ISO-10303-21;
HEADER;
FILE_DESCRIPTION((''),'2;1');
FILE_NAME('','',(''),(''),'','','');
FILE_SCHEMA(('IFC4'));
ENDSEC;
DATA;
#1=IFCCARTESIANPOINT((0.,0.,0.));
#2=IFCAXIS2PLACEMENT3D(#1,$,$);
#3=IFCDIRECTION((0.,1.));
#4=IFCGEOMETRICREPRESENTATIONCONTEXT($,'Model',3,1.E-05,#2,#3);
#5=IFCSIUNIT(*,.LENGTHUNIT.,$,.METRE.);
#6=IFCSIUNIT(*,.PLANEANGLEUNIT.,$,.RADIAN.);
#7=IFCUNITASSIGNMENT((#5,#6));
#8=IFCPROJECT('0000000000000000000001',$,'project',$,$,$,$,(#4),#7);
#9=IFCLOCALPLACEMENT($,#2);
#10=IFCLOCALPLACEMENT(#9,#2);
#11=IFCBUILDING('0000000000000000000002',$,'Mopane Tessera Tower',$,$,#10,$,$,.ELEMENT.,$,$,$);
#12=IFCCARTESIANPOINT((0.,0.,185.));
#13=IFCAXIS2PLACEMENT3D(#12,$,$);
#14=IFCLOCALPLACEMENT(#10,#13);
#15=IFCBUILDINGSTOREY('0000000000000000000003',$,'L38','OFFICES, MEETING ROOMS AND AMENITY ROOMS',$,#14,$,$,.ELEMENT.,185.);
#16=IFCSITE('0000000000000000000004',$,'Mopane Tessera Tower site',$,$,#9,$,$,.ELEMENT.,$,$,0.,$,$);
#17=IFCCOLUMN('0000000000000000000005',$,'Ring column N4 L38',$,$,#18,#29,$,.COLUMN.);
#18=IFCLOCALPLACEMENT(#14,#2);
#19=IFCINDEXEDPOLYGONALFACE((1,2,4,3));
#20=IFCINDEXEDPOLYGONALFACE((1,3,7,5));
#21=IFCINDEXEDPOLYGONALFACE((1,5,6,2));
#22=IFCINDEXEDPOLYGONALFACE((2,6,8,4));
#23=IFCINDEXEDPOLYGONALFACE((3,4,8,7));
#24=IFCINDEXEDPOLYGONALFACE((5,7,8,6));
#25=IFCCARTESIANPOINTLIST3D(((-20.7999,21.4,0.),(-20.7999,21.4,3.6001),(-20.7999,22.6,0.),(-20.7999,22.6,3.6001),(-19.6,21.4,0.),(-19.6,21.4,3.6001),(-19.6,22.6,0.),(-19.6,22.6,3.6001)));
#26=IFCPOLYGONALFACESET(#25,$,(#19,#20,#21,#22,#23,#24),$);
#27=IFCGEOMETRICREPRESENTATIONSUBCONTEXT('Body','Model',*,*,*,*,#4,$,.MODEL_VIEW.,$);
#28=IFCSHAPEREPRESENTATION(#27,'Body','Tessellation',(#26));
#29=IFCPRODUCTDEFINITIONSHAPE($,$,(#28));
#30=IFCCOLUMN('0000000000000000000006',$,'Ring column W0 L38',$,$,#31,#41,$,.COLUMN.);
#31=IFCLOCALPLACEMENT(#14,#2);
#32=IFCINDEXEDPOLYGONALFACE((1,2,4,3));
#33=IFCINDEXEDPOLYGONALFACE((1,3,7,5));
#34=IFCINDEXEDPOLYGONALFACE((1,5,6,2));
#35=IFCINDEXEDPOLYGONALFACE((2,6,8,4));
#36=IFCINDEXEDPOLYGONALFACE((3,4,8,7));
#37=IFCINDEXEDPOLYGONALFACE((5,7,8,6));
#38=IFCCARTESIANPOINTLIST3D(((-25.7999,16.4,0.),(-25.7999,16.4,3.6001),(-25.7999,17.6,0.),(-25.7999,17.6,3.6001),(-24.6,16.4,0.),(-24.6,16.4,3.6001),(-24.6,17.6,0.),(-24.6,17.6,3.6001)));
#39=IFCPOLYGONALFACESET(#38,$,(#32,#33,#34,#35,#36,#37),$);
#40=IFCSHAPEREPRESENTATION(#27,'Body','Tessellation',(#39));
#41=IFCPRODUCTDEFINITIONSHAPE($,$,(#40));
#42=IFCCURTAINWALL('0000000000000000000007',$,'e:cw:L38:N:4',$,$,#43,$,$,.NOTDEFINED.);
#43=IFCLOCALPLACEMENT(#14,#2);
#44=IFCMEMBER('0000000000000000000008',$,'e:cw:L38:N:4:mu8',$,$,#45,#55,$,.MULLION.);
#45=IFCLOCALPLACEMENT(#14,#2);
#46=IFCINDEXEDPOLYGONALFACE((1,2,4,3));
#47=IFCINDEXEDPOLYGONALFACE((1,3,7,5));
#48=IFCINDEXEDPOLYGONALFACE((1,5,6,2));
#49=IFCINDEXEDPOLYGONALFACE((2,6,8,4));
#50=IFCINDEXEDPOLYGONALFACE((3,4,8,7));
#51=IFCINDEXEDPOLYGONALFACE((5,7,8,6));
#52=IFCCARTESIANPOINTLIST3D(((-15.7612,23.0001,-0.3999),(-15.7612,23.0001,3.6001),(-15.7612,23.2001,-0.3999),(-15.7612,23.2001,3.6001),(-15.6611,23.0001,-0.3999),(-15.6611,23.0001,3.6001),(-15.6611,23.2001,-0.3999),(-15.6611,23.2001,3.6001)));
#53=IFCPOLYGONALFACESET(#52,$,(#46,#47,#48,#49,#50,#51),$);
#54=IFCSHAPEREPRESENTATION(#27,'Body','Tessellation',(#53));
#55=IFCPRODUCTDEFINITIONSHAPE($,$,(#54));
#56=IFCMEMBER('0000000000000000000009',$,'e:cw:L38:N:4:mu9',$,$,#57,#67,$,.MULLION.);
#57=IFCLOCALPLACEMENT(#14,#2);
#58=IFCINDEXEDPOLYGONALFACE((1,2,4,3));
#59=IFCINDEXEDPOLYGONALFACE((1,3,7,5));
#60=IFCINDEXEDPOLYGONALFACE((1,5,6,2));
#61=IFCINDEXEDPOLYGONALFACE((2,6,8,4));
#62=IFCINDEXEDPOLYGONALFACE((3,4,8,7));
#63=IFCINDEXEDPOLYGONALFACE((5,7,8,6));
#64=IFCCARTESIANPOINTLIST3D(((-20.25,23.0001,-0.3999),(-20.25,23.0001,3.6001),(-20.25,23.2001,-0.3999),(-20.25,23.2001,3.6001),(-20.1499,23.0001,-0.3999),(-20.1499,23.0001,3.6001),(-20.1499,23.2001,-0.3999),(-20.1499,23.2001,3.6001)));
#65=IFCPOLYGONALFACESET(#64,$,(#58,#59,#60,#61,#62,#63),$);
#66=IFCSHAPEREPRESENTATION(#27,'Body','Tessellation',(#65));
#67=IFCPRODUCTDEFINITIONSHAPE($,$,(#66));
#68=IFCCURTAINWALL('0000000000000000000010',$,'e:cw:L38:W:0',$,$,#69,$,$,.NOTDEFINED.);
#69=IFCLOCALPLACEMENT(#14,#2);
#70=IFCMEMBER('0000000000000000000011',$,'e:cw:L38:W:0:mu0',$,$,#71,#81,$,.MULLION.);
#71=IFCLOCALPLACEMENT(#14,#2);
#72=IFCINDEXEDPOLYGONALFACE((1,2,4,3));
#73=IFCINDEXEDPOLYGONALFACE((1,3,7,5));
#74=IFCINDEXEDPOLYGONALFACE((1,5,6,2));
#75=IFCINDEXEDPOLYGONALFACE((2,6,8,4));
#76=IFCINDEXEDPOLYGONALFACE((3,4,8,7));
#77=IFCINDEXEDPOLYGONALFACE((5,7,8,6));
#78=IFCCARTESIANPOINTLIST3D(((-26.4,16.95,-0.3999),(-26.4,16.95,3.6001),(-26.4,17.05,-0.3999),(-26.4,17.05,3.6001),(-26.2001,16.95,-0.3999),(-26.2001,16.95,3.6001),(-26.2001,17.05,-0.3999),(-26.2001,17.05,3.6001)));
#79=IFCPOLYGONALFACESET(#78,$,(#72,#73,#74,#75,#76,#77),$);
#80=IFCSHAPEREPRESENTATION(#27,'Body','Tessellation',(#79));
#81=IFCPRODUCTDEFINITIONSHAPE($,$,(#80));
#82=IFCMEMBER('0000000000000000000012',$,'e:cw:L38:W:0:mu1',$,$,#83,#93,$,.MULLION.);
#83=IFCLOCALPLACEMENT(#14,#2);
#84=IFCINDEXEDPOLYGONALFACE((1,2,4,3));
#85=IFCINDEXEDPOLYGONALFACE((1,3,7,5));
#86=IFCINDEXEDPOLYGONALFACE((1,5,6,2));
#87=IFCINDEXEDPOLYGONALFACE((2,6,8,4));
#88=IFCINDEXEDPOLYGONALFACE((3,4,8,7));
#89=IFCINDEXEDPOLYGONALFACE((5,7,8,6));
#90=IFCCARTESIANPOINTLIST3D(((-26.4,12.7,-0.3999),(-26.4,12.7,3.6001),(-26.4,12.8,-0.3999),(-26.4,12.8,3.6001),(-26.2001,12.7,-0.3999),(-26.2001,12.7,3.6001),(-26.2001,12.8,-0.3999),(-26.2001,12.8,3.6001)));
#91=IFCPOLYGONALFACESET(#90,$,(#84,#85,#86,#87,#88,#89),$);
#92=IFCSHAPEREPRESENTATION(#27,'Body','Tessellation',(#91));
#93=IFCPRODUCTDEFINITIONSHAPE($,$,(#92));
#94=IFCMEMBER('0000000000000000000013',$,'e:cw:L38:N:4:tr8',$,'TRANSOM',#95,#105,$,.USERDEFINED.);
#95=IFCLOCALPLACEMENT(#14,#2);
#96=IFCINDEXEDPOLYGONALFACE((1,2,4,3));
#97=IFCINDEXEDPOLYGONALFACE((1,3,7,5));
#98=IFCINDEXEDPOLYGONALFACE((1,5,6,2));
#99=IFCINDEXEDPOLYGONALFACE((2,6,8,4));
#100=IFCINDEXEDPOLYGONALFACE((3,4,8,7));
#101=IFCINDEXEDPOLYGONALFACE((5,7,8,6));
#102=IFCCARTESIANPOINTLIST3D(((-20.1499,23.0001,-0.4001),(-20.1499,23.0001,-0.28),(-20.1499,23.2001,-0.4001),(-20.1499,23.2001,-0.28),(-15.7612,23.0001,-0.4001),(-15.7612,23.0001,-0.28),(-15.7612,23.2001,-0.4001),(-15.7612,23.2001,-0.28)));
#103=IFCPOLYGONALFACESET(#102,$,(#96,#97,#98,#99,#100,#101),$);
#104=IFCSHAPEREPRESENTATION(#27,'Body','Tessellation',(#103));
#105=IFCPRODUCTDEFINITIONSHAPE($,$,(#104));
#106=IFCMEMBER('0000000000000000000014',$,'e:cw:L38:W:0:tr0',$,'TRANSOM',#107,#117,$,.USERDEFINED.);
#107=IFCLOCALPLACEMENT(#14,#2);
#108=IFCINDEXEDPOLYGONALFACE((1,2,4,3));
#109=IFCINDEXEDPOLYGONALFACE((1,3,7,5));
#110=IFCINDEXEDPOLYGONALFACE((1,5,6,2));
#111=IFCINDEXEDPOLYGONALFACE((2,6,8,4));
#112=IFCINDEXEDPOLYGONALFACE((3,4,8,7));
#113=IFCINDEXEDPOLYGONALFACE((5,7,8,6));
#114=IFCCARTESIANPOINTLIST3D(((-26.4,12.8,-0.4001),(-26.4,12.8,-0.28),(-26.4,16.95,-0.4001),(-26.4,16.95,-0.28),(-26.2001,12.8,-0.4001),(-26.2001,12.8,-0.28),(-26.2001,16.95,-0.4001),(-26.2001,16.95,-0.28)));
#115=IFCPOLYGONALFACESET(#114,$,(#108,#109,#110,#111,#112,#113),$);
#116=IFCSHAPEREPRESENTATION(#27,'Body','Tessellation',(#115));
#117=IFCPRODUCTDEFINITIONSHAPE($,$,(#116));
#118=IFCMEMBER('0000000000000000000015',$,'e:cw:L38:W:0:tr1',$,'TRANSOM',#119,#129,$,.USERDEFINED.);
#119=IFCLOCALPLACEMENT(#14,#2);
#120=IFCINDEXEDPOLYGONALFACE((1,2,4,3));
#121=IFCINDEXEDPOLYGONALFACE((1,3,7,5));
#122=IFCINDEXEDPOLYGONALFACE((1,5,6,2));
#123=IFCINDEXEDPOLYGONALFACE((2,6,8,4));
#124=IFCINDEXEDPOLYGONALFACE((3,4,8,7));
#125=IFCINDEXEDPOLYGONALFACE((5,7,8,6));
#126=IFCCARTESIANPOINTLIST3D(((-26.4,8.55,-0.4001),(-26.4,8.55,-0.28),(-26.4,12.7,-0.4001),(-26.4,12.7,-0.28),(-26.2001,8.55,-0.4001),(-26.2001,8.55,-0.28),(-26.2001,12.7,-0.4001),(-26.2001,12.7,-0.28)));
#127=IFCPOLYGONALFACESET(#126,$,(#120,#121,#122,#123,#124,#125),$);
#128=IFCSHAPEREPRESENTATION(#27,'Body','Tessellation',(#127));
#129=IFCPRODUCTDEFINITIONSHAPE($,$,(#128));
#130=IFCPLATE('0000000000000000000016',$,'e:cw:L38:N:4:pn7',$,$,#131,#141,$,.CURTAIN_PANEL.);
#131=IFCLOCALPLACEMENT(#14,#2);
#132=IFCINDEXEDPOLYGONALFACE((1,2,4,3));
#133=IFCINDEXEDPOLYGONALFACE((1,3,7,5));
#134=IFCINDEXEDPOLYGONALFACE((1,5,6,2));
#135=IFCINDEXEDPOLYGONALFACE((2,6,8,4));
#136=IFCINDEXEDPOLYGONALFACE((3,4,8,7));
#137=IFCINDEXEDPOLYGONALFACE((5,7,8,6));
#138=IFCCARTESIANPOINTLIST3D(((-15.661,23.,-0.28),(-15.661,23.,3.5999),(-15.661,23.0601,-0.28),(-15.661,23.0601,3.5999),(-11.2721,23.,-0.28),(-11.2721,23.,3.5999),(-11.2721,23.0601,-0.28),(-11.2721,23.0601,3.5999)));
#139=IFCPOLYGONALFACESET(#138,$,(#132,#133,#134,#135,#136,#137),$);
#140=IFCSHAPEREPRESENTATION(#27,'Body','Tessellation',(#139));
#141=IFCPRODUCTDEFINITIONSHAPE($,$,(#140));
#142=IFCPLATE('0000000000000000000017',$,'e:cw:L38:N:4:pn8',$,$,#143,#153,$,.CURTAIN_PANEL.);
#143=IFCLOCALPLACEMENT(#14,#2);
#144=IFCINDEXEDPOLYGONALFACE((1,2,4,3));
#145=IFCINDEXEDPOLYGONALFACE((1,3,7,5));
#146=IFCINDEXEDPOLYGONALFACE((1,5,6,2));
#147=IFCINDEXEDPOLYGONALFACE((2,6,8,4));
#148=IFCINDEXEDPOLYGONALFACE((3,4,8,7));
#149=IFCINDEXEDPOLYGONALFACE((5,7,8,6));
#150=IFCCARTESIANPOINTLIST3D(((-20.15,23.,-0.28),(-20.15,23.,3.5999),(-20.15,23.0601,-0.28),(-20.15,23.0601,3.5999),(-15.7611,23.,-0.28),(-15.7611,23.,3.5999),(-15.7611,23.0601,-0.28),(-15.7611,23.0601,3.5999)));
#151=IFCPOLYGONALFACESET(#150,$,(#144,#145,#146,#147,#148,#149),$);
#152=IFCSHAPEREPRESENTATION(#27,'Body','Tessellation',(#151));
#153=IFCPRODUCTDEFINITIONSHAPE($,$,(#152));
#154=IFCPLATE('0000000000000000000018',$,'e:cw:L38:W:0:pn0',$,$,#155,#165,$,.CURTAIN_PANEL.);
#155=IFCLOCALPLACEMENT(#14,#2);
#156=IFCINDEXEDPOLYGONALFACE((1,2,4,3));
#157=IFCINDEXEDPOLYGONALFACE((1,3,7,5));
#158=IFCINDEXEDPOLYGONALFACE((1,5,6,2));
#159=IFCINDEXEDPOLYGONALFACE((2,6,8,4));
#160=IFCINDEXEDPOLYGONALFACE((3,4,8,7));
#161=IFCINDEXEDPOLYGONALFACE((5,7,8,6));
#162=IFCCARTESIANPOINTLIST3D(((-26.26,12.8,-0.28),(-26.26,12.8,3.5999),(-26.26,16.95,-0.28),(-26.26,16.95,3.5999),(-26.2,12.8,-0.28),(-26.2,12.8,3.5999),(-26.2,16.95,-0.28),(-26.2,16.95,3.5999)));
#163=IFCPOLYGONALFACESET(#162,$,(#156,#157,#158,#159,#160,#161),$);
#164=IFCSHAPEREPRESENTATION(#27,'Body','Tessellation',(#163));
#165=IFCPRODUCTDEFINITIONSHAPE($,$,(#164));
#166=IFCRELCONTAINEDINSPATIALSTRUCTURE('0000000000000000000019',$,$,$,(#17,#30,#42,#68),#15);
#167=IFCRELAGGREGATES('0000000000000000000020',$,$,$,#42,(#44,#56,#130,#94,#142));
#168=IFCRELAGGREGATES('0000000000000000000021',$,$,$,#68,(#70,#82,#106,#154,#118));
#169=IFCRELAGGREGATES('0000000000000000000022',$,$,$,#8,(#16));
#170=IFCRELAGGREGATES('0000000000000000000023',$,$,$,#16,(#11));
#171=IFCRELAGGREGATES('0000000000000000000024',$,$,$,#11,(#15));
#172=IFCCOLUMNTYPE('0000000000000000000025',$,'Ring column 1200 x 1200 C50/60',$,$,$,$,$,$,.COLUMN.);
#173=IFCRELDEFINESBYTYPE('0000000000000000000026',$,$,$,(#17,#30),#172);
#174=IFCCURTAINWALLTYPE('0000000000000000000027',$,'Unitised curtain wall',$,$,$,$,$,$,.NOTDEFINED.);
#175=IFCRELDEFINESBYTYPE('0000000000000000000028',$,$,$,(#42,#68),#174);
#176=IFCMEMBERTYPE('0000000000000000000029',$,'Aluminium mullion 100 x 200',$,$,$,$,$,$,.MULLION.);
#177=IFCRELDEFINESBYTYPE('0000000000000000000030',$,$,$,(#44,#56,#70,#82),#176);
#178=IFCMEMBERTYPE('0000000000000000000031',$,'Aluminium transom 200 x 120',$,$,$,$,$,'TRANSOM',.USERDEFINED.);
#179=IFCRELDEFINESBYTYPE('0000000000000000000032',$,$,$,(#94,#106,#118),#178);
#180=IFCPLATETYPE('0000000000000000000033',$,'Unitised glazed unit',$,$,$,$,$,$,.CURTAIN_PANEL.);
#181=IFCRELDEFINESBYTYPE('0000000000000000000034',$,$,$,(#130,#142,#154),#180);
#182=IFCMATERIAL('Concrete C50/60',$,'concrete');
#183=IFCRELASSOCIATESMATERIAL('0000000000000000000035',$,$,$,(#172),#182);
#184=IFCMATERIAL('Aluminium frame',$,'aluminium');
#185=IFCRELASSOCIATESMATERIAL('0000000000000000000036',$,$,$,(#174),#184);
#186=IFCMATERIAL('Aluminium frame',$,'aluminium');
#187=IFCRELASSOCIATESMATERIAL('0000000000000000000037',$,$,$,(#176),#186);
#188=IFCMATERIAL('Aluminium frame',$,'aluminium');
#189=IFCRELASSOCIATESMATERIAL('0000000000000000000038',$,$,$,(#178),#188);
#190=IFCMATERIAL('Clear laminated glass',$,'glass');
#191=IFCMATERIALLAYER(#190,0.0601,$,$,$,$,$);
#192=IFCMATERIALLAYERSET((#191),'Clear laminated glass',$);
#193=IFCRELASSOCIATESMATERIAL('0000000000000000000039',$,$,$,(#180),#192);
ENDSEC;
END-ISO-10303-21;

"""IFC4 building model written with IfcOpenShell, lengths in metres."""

from ifc_helpers import new_model, si_unit, direction, frame, origin, origin_2d, place, context, subcontext, project, spatial, rectangle, extrude, material, layer, layer_set, material_profile, profile_set, type_object, element, aggregate, save


model = new_model("IFC4")

# Units and contexts
model_context = context("Model", 3, precision=1e-05, world=origin(), true_north=direction((0.0, 1.0)))
body_context = subcontext(model_context, "Body", "Model", "MODEL_VIEW")
ifc_project = project(units=[si_unit("LENGTHUNIT", "METRE"), si_unit("PLANEANGLEUNIT", "RADIAN")], contexts=[model_context])

# Site, building, storey
site_placement = place(None, origin())
site = spatial("IfcSite", under=ifc_project, at=site_placement, Name="Mopane Tessera Tower site", CompositionType="ELEMENT", RefElevation=0.0)
building_placement = place(site_placement, origin())
building = spatial("IfcBuilding", under=site, at=building_placement, Name="Mopane Tessera Tower", CompositionType="ELEMENT")
storey_placement = place(building_placement, frame((0.0, 0.0, 185.0)))
storey = spatial("IfcBuildingStorey", under=building, at=storey_placement, Name="L38", Description="OFFICES, MEETING ROOMS AND AMENITY ROOMS", CompositionType="ELEMENT", Elevation=185.0)

# Columns
ifc_material_1 = material(Name="Concrete C50/60", Category="concrete")
ifc_material_profile_1 = material_profile(ifc_material_1, rectangle(XDim=1.2, YDim=1.2, at=origin_2d()))
ifc_profile_set_1 = profile_set([ifc_material_profile_1], Name="Concrete C50/60")
column_type = type_object("IfcColumnType", Name="Ring column 1200 x 1200 C50/60", PredefinedType="COLUMN", material=ifc_profile_set_1)
for number, where, z_axis, x_axis, name in (
    (1, (-20.2, 22.0, 0.0), (0.0, 0.0, 1.0), (1.0, 0.0, 0.0), "Ring column N4 L38"),
    (2, (-25.2, 17.0, 0.0), (0.0, 0.0, 1.0), (1.0, 0.0, 0.0), "Ring column W0 L38"),
):
    element("IfcColumn", number, at=place(storey_placement, frame(where, z_axis=z_axis, x_axis=x_axis)), inside=storey, type_object=column_type, Name=name, PredefinedType="COLUMN", context=body_context, shape_type="SweptSolid", body=[
        extrude(rectangle(XDim=1.2, YDim=1.2, at=origin_2d()), origin(), (0.0, 0.0, 1.0), 3.6001),
    ])

# Curtain walls, members
ifc_material_2 = material(Name="Aluminium frame", Category="aluminium")
curtain_wall_type = type_object("IfcCurtainWallType", Name="Unitised curtain wall", PredefinedType="NOTDEFINED", material=ifc_material_2)
curtain_wall_1_placement = place(storey_placement, origin())
curtain_wall_1 = element("IfcCurtainWall", 3, at=curtain_wall_1_placement, inside=storey, type_object=curtain_wall_type, Name="e:cw:L38:N:4", PredefinedType="NOTDEFINED")
ifc_material_3 = material(Name="Aluminium frame", Category="aluminium")
ifc_material_profile_2 = material_profile(ifc_material_3, rectangle(XDim=0.1001, YDim=0.2, at=origin_2d()))
ifc_profile_set_2 = profile_set([ifc_material_profile_2], Name="Aluminium frame")
member_type_1 = type_object("IfcMemberType", Name="Aluminium mullion 100 x 200", PredefinedType="MULLION", material=ifc_profile_set_2)
member_1_placement = place(storey_placement, frame((-15.7112, 23.1001, -0.3999), z_axis=(0.0, 0.0, 1.0), x_axis=(-1.0, 0.0, 0.0)))
member_1 = element("IfcMember", 4, at=member_1_placement, type_object=member_type_1, Name="e:cw:L38:N:4:mu8", PredefinedType="MULLION", context=body_context, shape_type="SweptSolid", body=[
    extrude(rectangle(XDim=0.1001, YDim=0.2, at=origin_2d()), origin(), (0.0, 0.0, 1.0), 4.0),
])
member_2_placement = place(storey_placement, frame((-20.2, 23.1001, -0.3999), z_axis=(0.0, 0.0, 1.0), x_axis=(-1.0, 0.0, 0.0)))
member_2 = element("IfcMember", 5, at=member_2_placement, type_object=member_type_1, Name="e:cw:L38:N:4:mu9", PredefinedType="MULLION", context=body_context, shape_type="SweptSolid", body=[
    extrude(rectangle(XDim=0.1001, YDim=0.2, at=origin_2d()), origin(), (0.0, 0.0, 1.0), 4.0),
])
curtain_wall_2_placement = place(storey_placement, origin())
curtain_wall_2 = element("IfcCurtainWall", 6, at=curtain_wall_2_placement, inside=storey, type_object=curtain_wall_type, Name="e:cw:L38:W:0", PredefinedType="NOTDEFINED")
member_3_placement = place(storey_placement, frame((-26.3, 17.0, -0.3999), z_axis=(0.0, 0.0, 1.0), x_axis=(0.0, -1.0, 0.0)))
member_3 = element("IfcMember", 7, at=member_3_placement, type_object=member_type_1, Name="e:cw:L38:W:0:mu0", PredefinedType="MULLION", context=body_context, shape_type="SweptSolid", body=[
    extrude(rectangle(XDim=0.1001, YDim=0.2, at=origin_2d()), origin(), (0.0, 0.0, 1.0), 4.0),
])
member_4_placement = place(storey_placement, frame((-26.3, 12.75, -0.3999), z_axis=(0.0, 0.0, 1.0), x_axis=(0.0, -1.0, 0.0)))
member_4 = element("IfcMember", 8, at=member_4_placement, type_object=member_type_1, Name="e:cw:L38:W:0:mu1", PredefinedType="MULLION", context=body_context, shape_type="SweptSolid", body=[
    extrude(rectangle(XDim=0.1001, YDim=0.2, at=origin_2d()), origin(), (0.0, 0.0, 1.0), 4.0),
])

# Members
ifc_material_4 = material(Name="Aluminium frame", Category="aluminium")
ifc_material_profile_3 = material_profile(ifc_material_4, rectangle(XDim=0.2, YDim=0.1201, at=origin_2d()))
ifc_profile_set_3 = profile_set([ifc_material_profile_3], Name="Aluminium frame")
member_type_2 = type_object("IfcMemberType", Name="Aluminium transom 200 x 120", ElementType="TRANSOM", PredefinedType="USERDEFINED", material=ifc_profile_set_3)
member_5_placement = place(storey_placement, frame((-15.7612, 23.1001, -0.3401), z_axis=(-1.0, 0.0, 0.0), x_axis=(0.0, -1.0, 0.0)))
member_5 = element("IfcMember", 9, at=member_5_placement, type_object=member_type_2, Name="e:cw:L38:N:4:tr8", ObjectType="TRANSOM", PredefinedType="USERDEFINED", context=body_context, shape_type="SweptSolid", body=[
    extrude(rectangle(XDim=0.2, YDim=0.1201, at=origin_2d()), origin(), (0.0, 0.0, 1.0), 4.3887),
])
member_6_placement = place(storey_placement, frame((-26.3, 16.95, -0.3401), z_axis=(0.0, -1.0, 0.0), x_axis=(1.0, 0.0, 0.0)))
member_6 = element("IfcMember", 10, at=member_6_placement, type_object=member_type_2, Name="e:cw:L38:W:0:tr0", ObjectType="TRANSOM", PredefinedType="USERDEFINED", context=body_context, shape_type="SweptSolid", body=[
    extrude(rectangle(XDim=0.2, YDim=0.1201, at=origin_2d()), origin(), (0.0, 0.0, 1.0), 4.1499),
])
member_7_placement = place(storey_placement, frame((-26.3, 12.7, -0.3401), z_axis=(0.0, -1.0, 0.0), x_axis=(1.0, 0.0, 0.0)))
member_7 = element("IfcMember", 11, at=member_7_placement, type_object=member_type_2, Name="e:cw:L38:W:0:tr1", ObjectType="TRANSOM", PredefinedType="USERDEFINED", context=body_context, shape_type="SweptSolid", body=[
    extrude(rectangle(XDim=0.2, YDim=0.1201, at=origin_2d()), origin(), (0.0, 0.0, 1.0), 4.1499),
])

# Plates
ifc_material_5 = material(Name="Clear laminated glass", Category="glass")
ifc_layer_1 = layer(ifc_material_5, 0.0601)
ifc_layer_set_1 = layer_set([ifc_layer_1], Name="Clear laminated glass")
plate_type = type_object("IfcPlateType", Name="Unitised glazed unit", PredefinedType="CURTAIN_PANEL", material=ifc_layer_set_1)
plate_1_placement = place(storey_placement, frame((-13.4666, 23.03, -0.28), z_axis=(0.0, 0.0, 1.0), x_axis=(-1.0, 0.0, 0.0)))
plate_1 = element("IfcPlate", 12, at=plate_1_placement, type_object=plate_type, Name="e:cw:L38:N:4:pn7", PredefinedType="CURTAIN_PANEL", context=body_context, shape_type="SweptSolid", body=[
    extrude(rectangle(XDim=4.3889, YDim=0.0601, at=origin_2d()), origin(), (0.0, 0.0, 1.0), 3.8799),
])
plate_2_placement = place(storey_placement, frame((-17.9556, 23.03, -0.28), z_axis=(0.0, 0.0, 1.0), x_axis=(-1.0, 0.0, 0.0)))
plate_2 = element("IfcPlate", 13, at=plate_2_placement, type_object=plate_type, Name="e:cw:L38:N:4:pn8", PredefinedType="CURTAIN_PANEL", context=body_context, shape_type="SweptSolid", body=[
    extrude(rectangle(XDim=4.3889, YDim=0.0601, at=origin_2d()), origin(), (0.0, 0.0, 1.0), 3.8799),
])
aggregate(curtain_wall_1, [member_1, member_2, plate_1, member_5, plate_2])
plate_3_placement = place(storey_placement, frame((-26.23, 14.875, -0.28), z_axis=(0.0, 0.0, 1.0), x_axis=(0.0, -1.0, 0.0)))
plate_3 = element("IfcPlate", 14, at=plate_3_placement, type_object=plate_type, Name="e:cw:L38:W:0:pn0", PredefinedType="CURTAIN_PANEL", context=body_context, shape_type="SweptSolid", body=[
    extrude(rectangle(XDim=4.1499, YDim=0.0601, at=origin_2d()), origin(), (0.0, 0.0, 1.0), 3.8799),
])
aggregate(curtain_wall_2, [member_3, member_4, member_6, plate_3, member_7])

save(model, "model.ifc")
